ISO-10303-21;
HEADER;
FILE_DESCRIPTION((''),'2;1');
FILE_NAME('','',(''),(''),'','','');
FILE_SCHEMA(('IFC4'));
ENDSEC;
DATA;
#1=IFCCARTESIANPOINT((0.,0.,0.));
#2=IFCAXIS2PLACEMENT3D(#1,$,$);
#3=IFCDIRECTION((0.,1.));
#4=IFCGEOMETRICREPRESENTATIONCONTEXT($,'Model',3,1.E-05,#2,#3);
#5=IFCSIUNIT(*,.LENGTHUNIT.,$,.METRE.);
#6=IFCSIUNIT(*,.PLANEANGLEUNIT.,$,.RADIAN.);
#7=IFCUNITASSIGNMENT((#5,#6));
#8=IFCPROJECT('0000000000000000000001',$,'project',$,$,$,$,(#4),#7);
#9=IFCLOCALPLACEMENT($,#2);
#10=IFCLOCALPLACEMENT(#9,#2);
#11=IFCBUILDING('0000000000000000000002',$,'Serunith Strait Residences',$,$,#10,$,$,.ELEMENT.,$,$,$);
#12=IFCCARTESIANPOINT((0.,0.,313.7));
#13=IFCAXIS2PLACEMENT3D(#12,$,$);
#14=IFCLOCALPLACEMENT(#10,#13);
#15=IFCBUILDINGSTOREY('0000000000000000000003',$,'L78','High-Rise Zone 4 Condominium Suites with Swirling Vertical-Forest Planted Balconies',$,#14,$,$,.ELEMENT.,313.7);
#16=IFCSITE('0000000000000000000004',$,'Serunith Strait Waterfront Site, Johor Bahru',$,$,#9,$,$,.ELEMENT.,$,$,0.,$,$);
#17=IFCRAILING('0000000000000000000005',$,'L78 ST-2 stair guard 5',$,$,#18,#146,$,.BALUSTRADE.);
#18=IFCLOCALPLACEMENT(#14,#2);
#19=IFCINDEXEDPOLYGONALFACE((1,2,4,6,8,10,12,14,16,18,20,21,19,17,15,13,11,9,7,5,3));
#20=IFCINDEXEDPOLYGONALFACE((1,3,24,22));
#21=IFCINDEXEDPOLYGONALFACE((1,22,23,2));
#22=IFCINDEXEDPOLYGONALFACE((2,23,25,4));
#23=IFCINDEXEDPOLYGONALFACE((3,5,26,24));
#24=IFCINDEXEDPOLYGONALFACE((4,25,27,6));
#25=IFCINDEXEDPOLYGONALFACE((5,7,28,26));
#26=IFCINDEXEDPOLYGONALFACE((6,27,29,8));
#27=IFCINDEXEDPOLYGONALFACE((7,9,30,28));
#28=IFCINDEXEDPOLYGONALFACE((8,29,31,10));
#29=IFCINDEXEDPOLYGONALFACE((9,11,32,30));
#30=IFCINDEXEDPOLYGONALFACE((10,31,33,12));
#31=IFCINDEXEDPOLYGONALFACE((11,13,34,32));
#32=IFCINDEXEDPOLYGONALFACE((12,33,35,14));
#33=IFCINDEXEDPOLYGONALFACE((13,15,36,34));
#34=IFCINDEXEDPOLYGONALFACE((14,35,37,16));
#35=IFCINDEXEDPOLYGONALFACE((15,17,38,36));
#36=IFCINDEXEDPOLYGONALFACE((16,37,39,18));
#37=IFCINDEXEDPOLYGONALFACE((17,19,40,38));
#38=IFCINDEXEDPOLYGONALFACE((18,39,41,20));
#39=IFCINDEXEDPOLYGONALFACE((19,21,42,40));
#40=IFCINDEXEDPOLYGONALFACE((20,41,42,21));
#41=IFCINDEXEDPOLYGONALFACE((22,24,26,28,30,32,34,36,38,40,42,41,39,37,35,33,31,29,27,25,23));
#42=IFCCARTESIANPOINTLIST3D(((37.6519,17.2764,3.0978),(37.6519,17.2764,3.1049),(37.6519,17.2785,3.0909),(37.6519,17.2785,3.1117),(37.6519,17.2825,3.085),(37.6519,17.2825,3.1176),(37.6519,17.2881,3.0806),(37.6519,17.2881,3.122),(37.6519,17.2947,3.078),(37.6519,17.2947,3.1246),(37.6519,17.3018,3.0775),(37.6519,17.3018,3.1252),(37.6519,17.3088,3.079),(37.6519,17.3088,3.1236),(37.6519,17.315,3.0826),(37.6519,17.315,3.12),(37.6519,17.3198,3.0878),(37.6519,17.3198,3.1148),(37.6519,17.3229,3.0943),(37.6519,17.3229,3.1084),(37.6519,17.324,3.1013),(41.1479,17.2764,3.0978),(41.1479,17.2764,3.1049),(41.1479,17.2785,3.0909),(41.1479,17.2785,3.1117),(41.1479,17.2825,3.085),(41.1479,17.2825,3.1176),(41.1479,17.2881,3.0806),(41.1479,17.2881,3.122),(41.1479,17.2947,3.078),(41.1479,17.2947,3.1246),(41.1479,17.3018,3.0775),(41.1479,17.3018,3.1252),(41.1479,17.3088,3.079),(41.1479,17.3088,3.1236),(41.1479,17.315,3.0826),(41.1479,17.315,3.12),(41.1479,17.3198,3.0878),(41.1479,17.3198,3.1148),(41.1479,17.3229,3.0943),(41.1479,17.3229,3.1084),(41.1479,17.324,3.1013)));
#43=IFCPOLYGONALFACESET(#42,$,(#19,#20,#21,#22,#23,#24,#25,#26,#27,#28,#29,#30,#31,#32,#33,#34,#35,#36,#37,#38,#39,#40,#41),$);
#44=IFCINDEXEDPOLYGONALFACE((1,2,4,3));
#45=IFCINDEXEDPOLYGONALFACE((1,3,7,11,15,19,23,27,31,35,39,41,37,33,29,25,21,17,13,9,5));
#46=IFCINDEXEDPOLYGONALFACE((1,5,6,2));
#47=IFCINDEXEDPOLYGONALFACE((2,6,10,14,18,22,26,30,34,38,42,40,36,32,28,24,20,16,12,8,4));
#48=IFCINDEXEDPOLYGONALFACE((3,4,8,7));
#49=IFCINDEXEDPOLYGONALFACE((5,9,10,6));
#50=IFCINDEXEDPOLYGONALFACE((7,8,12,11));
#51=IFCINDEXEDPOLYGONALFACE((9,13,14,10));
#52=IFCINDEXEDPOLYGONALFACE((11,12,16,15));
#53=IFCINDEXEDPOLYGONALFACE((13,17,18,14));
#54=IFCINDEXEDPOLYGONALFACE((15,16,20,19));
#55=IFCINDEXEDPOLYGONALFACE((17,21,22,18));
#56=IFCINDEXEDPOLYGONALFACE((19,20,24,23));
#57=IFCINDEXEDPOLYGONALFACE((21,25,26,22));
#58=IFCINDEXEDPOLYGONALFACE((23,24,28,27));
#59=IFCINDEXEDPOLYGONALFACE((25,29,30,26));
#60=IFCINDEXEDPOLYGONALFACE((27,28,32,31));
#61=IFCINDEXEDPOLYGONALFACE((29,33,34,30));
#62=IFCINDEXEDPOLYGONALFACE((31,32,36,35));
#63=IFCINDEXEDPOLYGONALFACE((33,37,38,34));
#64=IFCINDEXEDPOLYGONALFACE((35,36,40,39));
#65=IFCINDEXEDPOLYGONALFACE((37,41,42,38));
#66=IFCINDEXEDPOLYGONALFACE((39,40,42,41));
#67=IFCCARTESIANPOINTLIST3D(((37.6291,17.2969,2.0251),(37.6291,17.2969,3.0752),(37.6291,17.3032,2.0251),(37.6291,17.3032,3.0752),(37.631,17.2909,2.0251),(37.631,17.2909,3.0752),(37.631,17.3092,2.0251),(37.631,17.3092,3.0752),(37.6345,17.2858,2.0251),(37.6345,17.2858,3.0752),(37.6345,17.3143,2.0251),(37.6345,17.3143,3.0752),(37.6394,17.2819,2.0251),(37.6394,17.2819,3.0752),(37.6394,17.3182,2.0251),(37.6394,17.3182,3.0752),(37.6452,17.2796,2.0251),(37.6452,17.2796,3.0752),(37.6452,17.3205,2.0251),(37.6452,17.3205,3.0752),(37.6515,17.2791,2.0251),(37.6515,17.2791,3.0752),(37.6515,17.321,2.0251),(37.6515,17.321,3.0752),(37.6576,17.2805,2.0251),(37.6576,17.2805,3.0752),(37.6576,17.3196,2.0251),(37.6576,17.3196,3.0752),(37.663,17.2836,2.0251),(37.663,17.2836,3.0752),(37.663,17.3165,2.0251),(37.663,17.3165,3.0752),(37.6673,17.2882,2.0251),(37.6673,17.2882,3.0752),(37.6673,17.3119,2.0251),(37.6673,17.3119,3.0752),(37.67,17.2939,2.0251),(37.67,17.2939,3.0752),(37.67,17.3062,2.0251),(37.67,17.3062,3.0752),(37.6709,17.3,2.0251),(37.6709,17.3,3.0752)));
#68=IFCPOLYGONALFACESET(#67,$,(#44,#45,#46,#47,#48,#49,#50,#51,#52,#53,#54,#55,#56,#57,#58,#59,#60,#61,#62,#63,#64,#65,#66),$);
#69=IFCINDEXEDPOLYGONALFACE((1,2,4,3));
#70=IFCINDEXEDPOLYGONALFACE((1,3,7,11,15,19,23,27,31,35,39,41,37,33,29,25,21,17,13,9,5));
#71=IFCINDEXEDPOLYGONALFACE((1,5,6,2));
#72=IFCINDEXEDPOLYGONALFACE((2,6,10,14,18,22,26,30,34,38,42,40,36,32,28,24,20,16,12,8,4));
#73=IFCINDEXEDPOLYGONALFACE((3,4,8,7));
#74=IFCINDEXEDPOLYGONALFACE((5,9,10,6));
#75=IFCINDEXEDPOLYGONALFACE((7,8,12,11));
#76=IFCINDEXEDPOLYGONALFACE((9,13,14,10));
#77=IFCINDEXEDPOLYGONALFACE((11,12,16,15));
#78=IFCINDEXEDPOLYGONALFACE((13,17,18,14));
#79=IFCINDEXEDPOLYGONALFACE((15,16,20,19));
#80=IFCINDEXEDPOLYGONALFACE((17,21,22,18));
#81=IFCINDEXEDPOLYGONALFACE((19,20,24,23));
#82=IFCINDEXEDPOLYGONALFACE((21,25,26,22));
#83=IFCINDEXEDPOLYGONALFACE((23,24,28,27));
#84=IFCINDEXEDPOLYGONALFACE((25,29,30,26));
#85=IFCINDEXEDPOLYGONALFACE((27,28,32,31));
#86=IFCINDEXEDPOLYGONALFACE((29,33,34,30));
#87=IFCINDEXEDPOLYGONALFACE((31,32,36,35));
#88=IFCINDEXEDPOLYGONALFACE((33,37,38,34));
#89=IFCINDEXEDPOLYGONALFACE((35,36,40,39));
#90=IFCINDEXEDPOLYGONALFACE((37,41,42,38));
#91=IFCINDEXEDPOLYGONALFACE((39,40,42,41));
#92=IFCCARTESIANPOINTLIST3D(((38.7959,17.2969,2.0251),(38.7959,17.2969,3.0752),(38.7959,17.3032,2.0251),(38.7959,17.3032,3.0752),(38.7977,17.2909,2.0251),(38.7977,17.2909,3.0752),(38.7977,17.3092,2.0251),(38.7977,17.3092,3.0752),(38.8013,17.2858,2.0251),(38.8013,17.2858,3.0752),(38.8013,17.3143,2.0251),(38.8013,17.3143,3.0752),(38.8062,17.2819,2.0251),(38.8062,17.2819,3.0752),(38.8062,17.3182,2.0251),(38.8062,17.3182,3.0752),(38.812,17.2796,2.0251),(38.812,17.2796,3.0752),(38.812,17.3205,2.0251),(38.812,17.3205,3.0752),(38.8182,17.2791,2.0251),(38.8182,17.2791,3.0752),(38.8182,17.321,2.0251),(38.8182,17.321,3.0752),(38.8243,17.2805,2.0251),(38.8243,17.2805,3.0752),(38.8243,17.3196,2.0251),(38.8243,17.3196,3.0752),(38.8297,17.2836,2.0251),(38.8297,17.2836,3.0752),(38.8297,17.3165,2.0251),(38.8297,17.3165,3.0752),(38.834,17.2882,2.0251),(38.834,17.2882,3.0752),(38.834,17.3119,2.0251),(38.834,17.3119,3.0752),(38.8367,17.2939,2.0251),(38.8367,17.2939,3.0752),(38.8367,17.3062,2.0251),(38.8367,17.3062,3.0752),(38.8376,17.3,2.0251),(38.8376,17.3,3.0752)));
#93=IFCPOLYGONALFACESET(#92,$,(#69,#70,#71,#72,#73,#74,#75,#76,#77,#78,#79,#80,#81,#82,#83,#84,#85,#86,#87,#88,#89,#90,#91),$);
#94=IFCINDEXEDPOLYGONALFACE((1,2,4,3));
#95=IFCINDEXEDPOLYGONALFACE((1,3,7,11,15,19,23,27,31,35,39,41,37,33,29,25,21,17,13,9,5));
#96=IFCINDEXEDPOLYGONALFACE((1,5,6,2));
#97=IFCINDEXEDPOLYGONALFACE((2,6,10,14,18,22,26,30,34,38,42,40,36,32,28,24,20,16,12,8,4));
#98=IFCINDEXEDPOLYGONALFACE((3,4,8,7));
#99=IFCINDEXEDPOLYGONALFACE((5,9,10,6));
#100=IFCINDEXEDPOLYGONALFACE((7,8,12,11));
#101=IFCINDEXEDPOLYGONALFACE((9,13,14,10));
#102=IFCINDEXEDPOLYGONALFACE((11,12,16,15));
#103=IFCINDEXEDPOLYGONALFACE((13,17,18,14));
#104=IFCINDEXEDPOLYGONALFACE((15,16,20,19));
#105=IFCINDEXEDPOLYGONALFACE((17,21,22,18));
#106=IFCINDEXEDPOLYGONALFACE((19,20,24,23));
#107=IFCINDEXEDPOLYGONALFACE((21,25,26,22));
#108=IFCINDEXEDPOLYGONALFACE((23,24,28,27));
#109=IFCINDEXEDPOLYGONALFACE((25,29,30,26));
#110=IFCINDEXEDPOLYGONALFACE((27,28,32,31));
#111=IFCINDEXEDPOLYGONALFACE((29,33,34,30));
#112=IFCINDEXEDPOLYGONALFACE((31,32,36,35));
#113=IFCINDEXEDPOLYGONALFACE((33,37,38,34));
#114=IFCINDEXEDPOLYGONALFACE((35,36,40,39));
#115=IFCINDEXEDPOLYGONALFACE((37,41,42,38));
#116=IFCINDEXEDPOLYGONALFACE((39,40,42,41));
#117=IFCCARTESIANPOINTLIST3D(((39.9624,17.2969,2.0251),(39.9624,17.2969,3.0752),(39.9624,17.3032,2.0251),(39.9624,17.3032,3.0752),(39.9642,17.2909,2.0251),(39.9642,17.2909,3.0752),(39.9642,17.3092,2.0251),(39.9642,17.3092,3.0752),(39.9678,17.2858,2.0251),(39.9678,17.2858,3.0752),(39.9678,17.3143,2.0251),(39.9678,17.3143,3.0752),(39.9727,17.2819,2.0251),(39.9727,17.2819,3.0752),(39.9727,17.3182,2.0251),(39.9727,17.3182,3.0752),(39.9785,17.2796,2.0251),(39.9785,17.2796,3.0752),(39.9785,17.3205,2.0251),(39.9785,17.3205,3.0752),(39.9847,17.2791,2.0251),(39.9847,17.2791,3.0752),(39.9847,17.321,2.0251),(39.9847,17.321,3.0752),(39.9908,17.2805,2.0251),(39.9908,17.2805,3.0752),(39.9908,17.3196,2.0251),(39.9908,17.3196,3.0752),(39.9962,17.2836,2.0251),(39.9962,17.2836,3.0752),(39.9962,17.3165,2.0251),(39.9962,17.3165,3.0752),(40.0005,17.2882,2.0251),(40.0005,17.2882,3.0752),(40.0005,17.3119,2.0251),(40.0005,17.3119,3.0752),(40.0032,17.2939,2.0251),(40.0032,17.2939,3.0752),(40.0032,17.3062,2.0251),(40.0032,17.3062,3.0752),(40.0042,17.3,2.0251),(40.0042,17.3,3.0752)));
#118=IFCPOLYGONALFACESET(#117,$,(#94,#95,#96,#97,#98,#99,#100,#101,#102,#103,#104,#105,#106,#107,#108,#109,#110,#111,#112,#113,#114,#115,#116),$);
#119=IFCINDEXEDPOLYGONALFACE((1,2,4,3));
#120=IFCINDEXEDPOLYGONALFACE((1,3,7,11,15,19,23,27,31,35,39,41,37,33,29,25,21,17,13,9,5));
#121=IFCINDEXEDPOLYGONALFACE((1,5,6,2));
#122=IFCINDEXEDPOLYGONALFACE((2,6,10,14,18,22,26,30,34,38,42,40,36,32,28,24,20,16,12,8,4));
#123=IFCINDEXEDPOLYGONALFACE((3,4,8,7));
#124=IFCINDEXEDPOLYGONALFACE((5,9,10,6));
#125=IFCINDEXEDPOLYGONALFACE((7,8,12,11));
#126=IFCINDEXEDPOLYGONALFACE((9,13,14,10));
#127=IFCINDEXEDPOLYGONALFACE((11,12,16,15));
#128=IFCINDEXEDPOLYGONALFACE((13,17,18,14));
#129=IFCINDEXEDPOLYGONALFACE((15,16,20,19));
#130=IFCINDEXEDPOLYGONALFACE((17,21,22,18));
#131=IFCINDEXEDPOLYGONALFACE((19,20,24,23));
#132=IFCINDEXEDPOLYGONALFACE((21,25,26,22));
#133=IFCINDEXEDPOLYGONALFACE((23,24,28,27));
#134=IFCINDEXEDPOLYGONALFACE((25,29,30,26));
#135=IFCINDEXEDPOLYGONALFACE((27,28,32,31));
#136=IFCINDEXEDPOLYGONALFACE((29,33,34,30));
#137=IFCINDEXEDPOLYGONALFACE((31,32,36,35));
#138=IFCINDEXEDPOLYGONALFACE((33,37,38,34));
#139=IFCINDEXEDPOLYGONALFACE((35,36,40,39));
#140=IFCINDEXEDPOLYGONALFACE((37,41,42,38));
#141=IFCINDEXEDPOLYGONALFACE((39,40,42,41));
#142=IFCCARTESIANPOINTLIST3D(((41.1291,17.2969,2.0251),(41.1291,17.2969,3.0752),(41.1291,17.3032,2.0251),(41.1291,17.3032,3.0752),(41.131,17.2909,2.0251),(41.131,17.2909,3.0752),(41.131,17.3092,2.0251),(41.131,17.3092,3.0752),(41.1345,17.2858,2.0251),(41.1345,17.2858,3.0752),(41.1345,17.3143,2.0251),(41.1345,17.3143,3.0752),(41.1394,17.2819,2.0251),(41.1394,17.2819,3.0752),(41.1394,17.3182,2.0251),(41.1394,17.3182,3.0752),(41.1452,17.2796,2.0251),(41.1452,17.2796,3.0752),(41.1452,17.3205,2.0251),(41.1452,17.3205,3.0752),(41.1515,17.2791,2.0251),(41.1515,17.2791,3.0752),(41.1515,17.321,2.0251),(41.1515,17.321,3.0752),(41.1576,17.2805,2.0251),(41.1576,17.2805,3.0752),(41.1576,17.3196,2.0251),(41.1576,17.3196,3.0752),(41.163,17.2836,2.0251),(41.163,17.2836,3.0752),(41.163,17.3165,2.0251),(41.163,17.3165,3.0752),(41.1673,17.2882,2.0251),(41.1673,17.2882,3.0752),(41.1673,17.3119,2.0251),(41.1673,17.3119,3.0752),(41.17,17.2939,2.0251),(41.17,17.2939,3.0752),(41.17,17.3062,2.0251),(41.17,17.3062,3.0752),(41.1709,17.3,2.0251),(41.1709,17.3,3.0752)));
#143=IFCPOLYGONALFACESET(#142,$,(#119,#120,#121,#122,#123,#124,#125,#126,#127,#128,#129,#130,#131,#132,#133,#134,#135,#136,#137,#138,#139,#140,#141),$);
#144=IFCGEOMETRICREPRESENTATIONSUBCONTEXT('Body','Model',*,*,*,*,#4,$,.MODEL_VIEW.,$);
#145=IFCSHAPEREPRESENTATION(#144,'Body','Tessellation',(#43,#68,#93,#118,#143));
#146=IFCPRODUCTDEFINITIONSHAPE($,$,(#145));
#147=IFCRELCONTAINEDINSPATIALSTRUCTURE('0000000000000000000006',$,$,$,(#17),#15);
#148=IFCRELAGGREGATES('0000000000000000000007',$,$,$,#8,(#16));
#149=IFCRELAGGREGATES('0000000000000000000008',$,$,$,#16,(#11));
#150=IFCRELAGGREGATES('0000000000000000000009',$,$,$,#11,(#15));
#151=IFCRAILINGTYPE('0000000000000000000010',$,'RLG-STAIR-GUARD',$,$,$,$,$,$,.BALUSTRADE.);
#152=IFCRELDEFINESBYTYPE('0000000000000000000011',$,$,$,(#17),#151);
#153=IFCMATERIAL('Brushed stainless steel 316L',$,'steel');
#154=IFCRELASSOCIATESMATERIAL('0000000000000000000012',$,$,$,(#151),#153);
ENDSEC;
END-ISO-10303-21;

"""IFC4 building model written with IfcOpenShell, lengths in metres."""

from ifc_helpers import new_model, si_unit, direction, frame, origin, origin_2d, place, context, subcontext, project, spatial, circle, extrude, material, type_object, element, save


model = new_model("IFC4")

# Units and contexts
model_context = context("Model", 3, precision=1e-05, world=origin(), true_north=direction((0.0, 1.0)))
body_context = subcontext(model_context, "Body", "Model", "MODEL_VIEW")
ifc_project = project(units=[si_unit("LENGTHUNIT", "METRE"), si_unit("PLANEANGLEUNIT", "RADIAN")], contexts=[model_context])

# Site, building, storey
site_placement = place(None, origin())
site = spatial("IfcSite", under=ifc_project, at=site_placement, Name="Serunith Strait Waterfront Site, Johor Bahru", CompositionType="ELEMENT", RefElevation=0.0)
building_placement = place(site_placement, origin())
building = spatial("IfcBuilding", under=site, at=building_placement, Name="Serunith Strait Residences", CompositionType="ELEMENT")
storey_placement = place(building_placement, frame((0.0, 0.0, 313.7)))
storey = spatial("IfcBuildingStorey", under=building, at=storey_placement, Name="L78", Description="High-Rise Zone 4 Condominium Suites with Swirling Vertical-Forest Planted Balconies", CompositionType="ELEMENT", Elevation=313.7)

# Railing
ifc_material_1 = material(Name="Brushed stainless steel 316L", Category="steel")
railing_type_1 = type_object("IfcRailingType", Name="RLG-STAIR-GUARD", PredefinedType="BALUSTRADE", material=ifc_material_1)
railing_1_placement = place(storey_placement, frame((37.6499, 17.3, 2.0251)))
element("IfcRailing", 1, at=railing_1_placement, inside=storey, type_object=railing_type_1, Name="L78 ST-2 stair guard 5", PredefinedType="BALUSTRADE", context=body_context, shape_type="SweptSolid", body=[
    extrude(circle(Radius=0.0239, at=origin_2d()), frame((0.002, 0.0, 1.0762), z_axis=(1.0, 0.0, 0.0), x_axis=(0.0, 1.0, 0.0)), (0.0, 0.0, 1.0), 3.4961),
    extrude(circle(Radius=0.021, at=origin_2d()), origin(), (0.0, 0.0, 1.0), 1.05),
    extrude(circle(Radius=0.021, at=origin_2d()), frame((1.1667, 0.0, 0.0)), (0.0, 0.0, 1.0), 1.05),
    extrude(circle(Radius=0.021, at=origin_2d()), frame((2.3333, 0.0, 0.0)), (0.0, 0.0, 1.0), 1.05),
    extrude(circle(Radius=0.021, at=origin_2d()), frame((3.5, 0.0, 0.0)), (0.0, 0.0, 1.0), 1.05),
])

save(model, "model.ifc")
